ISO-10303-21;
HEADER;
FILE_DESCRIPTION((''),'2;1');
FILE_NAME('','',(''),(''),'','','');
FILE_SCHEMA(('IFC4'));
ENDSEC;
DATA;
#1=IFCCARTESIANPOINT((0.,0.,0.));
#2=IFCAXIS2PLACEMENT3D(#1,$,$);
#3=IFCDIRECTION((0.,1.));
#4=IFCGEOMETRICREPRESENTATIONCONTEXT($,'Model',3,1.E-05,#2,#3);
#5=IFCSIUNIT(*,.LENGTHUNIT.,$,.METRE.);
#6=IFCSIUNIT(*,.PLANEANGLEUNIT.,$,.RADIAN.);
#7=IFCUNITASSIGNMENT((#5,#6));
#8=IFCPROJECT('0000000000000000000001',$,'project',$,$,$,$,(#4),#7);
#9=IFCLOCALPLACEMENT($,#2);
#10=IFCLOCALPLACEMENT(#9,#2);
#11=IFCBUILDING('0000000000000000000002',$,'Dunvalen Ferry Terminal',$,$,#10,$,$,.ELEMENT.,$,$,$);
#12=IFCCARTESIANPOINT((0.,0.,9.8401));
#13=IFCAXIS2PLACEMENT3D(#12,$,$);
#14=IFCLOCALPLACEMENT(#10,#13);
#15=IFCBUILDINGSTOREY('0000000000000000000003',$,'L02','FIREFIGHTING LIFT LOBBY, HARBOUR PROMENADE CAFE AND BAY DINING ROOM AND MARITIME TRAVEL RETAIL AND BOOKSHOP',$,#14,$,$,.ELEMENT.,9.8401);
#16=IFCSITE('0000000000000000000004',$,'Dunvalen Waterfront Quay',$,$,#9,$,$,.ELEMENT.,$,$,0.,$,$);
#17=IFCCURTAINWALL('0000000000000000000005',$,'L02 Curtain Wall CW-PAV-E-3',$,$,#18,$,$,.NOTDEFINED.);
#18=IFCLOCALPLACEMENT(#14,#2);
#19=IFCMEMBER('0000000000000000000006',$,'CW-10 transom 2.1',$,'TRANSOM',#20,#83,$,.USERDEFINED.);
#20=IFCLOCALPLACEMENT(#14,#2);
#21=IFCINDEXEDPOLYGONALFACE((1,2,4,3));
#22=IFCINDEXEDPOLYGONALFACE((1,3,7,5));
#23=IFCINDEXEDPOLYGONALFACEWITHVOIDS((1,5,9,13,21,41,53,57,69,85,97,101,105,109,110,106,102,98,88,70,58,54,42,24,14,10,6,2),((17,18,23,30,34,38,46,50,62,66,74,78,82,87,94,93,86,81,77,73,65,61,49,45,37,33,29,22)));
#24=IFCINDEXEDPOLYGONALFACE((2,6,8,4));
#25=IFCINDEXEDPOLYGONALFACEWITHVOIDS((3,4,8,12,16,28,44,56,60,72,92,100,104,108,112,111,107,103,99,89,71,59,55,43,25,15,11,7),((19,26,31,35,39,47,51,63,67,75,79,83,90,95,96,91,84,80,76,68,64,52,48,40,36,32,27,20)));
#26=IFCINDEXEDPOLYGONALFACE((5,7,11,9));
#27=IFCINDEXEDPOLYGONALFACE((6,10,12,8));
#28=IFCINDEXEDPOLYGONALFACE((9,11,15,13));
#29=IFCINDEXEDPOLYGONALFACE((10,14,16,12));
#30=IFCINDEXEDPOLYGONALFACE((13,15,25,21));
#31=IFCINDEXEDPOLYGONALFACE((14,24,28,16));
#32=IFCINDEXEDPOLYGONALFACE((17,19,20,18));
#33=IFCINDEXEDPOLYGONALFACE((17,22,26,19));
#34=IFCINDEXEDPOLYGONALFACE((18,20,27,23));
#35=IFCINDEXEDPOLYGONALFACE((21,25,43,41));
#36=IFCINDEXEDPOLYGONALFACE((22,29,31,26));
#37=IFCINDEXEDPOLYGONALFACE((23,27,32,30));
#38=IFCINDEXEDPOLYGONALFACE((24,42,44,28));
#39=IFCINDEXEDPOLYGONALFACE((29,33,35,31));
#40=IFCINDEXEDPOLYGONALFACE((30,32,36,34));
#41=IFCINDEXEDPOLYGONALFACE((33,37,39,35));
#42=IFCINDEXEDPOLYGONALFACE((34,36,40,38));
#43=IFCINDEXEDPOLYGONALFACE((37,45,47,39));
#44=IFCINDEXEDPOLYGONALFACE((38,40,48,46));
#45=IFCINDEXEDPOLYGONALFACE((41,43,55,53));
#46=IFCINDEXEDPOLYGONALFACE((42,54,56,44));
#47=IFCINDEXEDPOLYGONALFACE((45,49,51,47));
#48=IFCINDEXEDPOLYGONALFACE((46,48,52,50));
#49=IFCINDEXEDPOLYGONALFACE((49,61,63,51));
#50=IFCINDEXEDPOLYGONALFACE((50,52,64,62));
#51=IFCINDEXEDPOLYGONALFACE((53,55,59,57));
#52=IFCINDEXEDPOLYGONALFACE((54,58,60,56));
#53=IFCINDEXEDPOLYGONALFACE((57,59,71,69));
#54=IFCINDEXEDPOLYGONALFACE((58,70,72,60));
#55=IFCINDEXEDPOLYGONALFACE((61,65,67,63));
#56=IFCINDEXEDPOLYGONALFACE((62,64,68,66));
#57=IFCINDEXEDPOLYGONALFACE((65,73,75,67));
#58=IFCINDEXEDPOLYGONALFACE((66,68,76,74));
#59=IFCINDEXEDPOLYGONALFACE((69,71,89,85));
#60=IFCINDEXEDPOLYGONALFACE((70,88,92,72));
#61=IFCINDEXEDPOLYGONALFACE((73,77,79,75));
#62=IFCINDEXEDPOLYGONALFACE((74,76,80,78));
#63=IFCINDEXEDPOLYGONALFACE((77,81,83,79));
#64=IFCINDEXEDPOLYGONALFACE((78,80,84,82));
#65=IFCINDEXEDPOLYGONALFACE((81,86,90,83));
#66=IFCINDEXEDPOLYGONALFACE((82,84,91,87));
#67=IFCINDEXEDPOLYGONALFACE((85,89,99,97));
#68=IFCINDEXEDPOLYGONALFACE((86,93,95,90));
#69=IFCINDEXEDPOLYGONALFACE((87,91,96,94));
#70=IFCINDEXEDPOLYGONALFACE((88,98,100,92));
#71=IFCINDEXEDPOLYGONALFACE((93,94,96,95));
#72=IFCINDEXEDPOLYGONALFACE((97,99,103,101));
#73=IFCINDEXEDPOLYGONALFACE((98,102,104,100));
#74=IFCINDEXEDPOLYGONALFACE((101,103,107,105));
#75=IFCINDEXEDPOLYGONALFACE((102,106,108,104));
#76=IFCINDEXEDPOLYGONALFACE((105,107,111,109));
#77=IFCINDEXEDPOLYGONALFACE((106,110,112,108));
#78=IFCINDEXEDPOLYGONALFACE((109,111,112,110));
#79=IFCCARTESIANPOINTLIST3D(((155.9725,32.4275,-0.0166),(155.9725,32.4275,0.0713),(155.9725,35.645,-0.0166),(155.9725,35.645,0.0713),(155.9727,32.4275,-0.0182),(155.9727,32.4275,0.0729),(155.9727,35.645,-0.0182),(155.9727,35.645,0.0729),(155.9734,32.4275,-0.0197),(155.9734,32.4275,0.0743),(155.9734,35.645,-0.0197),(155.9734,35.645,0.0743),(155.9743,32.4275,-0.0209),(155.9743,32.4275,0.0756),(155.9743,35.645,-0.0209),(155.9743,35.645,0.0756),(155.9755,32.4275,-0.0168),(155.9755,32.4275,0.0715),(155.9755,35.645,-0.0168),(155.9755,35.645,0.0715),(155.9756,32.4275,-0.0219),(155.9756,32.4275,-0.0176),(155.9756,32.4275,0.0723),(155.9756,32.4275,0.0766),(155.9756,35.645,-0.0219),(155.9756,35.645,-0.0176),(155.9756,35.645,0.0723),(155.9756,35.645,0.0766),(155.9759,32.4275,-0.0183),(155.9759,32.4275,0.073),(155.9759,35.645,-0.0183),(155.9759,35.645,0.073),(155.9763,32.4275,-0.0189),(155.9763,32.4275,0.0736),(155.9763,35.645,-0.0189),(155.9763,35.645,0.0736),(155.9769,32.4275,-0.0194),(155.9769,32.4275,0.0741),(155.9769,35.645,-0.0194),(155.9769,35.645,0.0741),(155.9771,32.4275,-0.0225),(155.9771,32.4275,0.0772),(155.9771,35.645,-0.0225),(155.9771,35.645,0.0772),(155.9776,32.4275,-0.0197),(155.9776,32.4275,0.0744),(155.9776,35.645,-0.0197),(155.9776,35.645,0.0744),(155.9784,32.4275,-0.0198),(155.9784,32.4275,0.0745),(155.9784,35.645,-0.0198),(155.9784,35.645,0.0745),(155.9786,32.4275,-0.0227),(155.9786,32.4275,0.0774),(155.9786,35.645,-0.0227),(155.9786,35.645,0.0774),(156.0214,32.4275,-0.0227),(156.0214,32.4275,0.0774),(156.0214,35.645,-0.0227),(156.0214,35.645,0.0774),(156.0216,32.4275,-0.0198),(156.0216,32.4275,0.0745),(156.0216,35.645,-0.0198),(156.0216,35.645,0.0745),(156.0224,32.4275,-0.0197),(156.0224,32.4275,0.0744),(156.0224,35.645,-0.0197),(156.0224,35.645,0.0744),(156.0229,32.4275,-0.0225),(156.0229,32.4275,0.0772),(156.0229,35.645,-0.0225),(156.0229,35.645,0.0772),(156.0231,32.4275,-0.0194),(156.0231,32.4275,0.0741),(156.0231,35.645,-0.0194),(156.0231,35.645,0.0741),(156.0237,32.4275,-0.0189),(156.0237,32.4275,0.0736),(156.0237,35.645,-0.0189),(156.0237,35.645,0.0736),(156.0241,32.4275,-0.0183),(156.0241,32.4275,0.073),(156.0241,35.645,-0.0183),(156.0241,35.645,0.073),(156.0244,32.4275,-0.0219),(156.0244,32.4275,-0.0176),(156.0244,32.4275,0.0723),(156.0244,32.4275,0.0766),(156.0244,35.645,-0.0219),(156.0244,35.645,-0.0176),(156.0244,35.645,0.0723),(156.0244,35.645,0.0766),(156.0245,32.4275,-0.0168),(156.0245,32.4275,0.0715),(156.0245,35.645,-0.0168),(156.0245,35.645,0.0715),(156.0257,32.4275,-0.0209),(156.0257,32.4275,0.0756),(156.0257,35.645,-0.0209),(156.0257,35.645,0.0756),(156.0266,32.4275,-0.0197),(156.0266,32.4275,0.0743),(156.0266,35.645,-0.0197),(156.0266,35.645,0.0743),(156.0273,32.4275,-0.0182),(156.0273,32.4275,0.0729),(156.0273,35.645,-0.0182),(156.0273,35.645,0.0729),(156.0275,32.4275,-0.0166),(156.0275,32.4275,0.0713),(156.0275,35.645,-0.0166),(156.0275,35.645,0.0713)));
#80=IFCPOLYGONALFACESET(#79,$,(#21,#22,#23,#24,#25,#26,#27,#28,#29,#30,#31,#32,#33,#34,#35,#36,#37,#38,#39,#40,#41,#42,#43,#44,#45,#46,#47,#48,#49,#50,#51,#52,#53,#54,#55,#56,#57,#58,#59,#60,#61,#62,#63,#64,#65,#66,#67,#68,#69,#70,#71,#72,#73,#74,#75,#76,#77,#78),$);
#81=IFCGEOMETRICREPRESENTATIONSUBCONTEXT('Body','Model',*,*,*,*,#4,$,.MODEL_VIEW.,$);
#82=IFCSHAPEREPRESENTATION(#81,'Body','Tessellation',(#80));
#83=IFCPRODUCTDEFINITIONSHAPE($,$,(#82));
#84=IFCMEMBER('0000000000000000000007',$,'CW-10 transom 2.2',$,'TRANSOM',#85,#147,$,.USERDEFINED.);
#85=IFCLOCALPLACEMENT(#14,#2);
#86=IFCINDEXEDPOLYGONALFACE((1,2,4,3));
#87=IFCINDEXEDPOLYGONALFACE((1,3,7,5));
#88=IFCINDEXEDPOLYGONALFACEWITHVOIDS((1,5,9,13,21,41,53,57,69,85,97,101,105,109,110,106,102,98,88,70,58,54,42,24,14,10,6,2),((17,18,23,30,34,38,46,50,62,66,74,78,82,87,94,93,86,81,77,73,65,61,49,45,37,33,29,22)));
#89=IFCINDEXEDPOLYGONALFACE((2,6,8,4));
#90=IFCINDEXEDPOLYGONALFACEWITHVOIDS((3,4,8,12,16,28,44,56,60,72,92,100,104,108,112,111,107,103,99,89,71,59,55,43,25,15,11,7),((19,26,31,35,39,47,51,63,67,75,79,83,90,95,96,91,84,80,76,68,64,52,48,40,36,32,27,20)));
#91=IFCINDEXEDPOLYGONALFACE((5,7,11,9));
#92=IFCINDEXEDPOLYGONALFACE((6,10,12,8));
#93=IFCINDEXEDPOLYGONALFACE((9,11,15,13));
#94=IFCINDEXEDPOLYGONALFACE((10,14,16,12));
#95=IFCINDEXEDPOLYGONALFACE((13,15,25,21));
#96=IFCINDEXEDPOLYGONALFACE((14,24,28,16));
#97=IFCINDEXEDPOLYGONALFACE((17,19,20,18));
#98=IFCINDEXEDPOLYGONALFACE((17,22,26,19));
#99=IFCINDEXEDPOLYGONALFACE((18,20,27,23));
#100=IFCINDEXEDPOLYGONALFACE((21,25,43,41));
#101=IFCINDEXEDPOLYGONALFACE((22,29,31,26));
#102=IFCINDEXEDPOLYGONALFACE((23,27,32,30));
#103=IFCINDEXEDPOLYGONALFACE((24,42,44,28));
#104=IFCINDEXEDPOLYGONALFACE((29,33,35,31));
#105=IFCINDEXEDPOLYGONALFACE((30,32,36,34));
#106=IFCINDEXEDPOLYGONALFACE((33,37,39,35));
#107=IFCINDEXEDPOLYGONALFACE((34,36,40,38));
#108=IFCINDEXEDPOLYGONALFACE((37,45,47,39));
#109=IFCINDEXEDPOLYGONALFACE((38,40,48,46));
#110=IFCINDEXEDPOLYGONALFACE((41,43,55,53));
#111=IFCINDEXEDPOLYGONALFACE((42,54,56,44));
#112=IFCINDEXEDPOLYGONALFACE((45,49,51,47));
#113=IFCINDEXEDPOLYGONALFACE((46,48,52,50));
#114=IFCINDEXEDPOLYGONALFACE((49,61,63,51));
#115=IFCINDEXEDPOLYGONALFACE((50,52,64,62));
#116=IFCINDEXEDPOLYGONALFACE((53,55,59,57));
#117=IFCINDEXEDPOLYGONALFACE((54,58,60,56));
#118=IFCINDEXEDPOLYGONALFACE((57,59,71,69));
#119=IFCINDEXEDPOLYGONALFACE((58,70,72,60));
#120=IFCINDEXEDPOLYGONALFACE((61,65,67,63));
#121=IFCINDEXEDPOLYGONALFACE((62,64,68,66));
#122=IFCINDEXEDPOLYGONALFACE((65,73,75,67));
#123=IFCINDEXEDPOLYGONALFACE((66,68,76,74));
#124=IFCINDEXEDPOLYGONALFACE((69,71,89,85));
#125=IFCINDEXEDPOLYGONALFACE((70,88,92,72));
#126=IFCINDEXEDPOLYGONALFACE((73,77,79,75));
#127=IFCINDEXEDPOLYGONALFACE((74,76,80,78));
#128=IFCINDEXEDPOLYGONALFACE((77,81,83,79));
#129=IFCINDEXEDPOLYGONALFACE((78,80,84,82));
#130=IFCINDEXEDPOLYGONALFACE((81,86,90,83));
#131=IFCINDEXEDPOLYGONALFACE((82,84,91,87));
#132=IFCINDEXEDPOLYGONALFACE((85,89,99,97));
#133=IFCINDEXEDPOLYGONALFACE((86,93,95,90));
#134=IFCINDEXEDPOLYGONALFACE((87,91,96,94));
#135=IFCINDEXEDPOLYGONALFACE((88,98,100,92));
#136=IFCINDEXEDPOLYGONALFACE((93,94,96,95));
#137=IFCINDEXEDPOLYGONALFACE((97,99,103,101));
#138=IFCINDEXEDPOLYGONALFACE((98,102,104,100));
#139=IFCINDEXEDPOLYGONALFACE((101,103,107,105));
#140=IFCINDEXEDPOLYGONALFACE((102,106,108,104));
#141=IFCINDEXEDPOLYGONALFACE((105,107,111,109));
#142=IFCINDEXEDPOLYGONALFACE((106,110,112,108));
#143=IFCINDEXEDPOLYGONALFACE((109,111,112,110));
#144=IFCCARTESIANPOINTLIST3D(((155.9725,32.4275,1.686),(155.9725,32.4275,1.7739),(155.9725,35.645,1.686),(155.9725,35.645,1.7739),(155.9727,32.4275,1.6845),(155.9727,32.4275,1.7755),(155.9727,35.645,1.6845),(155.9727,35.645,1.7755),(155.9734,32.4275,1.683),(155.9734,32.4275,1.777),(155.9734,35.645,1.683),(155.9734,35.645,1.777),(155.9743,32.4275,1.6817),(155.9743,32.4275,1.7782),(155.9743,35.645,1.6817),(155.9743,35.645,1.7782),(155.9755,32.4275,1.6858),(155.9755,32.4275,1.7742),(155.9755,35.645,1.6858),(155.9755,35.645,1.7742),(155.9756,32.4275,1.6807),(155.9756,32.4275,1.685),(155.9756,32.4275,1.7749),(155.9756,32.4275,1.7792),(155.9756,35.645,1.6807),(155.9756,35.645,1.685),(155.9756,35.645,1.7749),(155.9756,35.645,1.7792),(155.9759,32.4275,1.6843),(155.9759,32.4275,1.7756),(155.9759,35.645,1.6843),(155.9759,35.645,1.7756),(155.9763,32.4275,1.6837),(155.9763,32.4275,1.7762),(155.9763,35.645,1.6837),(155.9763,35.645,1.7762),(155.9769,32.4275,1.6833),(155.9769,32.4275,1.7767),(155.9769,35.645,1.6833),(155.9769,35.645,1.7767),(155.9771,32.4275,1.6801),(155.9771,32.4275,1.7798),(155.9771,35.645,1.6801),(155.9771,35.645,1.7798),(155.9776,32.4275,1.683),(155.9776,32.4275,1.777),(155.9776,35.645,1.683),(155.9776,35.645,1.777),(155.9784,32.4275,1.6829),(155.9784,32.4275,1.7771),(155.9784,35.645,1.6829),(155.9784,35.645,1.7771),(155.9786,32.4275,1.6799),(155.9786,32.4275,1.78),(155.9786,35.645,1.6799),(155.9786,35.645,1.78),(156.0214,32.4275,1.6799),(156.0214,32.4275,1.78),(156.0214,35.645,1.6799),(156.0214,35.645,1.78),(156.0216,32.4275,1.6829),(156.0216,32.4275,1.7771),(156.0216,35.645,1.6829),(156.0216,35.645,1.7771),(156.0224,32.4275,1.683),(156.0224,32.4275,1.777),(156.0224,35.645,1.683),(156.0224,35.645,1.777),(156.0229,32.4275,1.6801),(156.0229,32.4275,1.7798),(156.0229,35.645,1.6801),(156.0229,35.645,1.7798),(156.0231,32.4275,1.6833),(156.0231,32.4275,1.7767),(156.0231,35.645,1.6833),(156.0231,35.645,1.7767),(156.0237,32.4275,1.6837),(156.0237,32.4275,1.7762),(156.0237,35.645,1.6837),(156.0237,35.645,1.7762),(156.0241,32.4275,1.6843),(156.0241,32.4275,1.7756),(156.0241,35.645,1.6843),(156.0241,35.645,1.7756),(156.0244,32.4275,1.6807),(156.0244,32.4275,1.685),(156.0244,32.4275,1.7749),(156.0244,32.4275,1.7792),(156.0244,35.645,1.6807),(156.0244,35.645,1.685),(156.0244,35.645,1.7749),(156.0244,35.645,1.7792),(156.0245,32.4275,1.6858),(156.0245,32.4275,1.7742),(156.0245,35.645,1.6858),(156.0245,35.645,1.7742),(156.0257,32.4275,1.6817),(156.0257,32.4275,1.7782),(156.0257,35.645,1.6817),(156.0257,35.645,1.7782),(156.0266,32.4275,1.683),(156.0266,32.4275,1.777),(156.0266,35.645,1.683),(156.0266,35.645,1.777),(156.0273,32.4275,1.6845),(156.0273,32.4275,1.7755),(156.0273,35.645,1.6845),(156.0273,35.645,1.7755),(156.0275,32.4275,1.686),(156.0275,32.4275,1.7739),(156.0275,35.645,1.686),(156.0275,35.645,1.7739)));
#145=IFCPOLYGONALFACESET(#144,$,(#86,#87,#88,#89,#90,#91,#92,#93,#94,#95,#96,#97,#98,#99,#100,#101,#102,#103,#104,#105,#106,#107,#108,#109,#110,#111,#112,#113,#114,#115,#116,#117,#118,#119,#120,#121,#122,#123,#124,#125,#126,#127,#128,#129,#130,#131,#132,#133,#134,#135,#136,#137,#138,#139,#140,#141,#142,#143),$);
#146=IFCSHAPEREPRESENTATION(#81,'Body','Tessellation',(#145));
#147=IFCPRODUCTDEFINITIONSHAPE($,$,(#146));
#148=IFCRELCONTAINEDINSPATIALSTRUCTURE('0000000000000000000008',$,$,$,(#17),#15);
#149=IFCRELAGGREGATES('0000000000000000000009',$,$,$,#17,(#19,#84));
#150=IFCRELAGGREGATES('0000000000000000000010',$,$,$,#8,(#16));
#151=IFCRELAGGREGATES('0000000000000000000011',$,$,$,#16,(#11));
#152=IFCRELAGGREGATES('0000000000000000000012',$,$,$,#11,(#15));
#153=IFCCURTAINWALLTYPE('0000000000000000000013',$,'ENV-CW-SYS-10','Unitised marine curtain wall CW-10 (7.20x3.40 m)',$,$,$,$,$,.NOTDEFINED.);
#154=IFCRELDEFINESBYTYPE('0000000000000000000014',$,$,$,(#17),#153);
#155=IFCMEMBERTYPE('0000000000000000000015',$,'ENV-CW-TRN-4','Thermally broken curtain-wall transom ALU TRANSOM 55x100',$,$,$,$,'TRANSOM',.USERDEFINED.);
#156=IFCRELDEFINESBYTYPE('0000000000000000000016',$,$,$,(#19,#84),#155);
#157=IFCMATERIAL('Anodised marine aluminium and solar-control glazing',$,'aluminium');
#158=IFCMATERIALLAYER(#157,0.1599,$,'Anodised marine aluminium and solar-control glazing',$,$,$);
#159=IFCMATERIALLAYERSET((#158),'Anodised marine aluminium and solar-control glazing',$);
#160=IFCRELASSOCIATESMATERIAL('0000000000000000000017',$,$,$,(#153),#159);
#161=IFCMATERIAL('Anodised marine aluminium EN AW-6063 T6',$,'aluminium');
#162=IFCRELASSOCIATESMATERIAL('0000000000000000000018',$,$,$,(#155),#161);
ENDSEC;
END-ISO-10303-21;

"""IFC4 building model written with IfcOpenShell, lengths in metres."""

from ifc_helpers import new_model, si_unit, direction, frame, origin, origin_2d, place, context, subcontext, project, spatial, hollow_rectangle, extrude, material, layer, layer_set, material_profile, profile_set, type_object, element, aggregate, save


model = new_model("IFC4")

# Units and contexts
model_context = context("Model", 3, precision=1e-05, world=origin(), true_north=direction((0.0, 1.0)))
body_context = subcontext(model_context, "Body", "Model", "MODEL_VIEW")
ifc_project = project(units=[si_unit("LENGTHUNIT", "METRE"), si_unit("PLANEANGLEUNIT", "RADIAN")], contexts=[model_context])

# Site, building, storey
site_placement = place(None, origin())
site = spatial("IfcSite", under=ifc_project, at=site_placement, Name="Dunvalen Waterfront Quay", CompositionType="ELEMENT", RefElevation=0.0)
building_placement = place(site_placement, origin())
building = spatial("IfcBuilding", under=site, at=building_placement, Name="Dunvalen Ferry Terminal", CompositionType="ELEMENT")
storey_placement = place(building_placement, frame((0.0, 0.0, 9.8401)))
storey = spatial("IfcBuildingStorey", under=building, at=storey_placement, Name="L02", Description="FIREFIGHTING LIFT LOBBY, HARBOUR PROMENADE CAFE AND BAY DINING ROOM AND MARITIME TRAVEL RETAIL AND BOOKSHOP", CompositionType="ELEMENT", Elevation=9.8401)

# Shared definitions
ifc_material_1 = material(Name="Anodised marine aluminium and solar-control glazing", Category="aluminium")
ifc_material_2 = material(Name="Anodised marine aluminium EN AW-6063 T6", Category="aluminium")

# Curtain wall
ifc_layer_1 = layer(ifc_material_1, 0.1599, Name="Anodised marine aluminium and solar-control glazing")
ifc_layer_set_1 = layer_set([ifc_layer_1], Name="Anodised marine aluminium and solar-control glazing")
curtain_wall_type_1 = type_object("IfcCurtainWallType", Name="ENV-CW-SYS-10", Description="Unitised marine curtain wall CW-10 (7.20x3.40 m)", PredefinedType="NOTDEFINED", material=ifc_layer_set_1)
curtain_wall_1_placement = place(storey_placement, origin())
curtain_wall_1 = element("IfcCurtainWall", 1, at=curtain_wall_1_placement, inside=storey, type_object=curtain_wall_type_1, Name="L02 Curtain Wall CW-PAV-E-3", PredefinedType="NOTDEFINED")

# Members
ifc_material_profile_1 = material_profile(ifc_material_2, hollow_rectangle(XDim=0.0549, YDim=0.1001, WallThickness=0.0029, InnerFilletRadius=0.0029, OuterFilletRadius=0.0061, at=origin_2d()), Name="Anodised marine aluminium EN AW-6063 T6")
ifc_profile_set_1 = profile_set([ifc_material_profile_1], Name="Anodised marine aluminium EN AW-6063 T6")
member_type_1 = type_object("IfcMemberType", Name="ENV-CW-TRN-4", Description="Thermally broken curtain-wall transom ALU TRANSOM 55x100", ElementType="TRANSOM", PredefinedType="USERDEFINED", material=ifc_profile_set_1)
member_1_placement = place(storey_placement, frame((156.0, 32.4275, 0.0273), z_axis=(0.0, 1.0, 0.0), x_axis=(-1.0, 0.0, 0.0)))
member_1 = element("IfcMember", 2, at=member_1_placement, type_object=member_type_1, Name="CW-10 transom 2.1", ObjectType="TRANSOM", PredefinedType="USERDEFINED", context=body_context, shape_type="SweptSolid", body=[
    extrude(hollow_rectangle(XDim=0.0549, YDim=0.1001, WallThickness=0.0029, InnerFilletRadius=0.0029, OuterFilletRadius=0.0061, at=origin_2d()), origin(), (0.0, 0.0, 1.0), 3.2175),
])
member_2_placement = place(storey_placement, frame((156.0, 32.4275, 1.73), z_axis=(0.0, 1.0, 0.0), x_axis=(-1.0, 0.0, 0.0)))
member_2 = element("IfcMember", 3, at=member_2_placement, type_object=member_type_1, Name="CW-10 transom 2.2", ObjectType="TRANSOM", PredefinedType="USERDEFINED", context=body_context, shape_type="SweptSolid", body=[
    extrude(hollow_rectangle(XDim=0.0549, YDim=0.1001, WallThickness=0.0029, InnerFilletRadius=0.0029, OuterFilletRadius=0.0061, at=origin_2d()), origin(), (0.0, 0.0, 1.0), 3.2175),
])

aggregate(curtain_wall_1, [member_1, member_2])

save(model, "model.ifc")
